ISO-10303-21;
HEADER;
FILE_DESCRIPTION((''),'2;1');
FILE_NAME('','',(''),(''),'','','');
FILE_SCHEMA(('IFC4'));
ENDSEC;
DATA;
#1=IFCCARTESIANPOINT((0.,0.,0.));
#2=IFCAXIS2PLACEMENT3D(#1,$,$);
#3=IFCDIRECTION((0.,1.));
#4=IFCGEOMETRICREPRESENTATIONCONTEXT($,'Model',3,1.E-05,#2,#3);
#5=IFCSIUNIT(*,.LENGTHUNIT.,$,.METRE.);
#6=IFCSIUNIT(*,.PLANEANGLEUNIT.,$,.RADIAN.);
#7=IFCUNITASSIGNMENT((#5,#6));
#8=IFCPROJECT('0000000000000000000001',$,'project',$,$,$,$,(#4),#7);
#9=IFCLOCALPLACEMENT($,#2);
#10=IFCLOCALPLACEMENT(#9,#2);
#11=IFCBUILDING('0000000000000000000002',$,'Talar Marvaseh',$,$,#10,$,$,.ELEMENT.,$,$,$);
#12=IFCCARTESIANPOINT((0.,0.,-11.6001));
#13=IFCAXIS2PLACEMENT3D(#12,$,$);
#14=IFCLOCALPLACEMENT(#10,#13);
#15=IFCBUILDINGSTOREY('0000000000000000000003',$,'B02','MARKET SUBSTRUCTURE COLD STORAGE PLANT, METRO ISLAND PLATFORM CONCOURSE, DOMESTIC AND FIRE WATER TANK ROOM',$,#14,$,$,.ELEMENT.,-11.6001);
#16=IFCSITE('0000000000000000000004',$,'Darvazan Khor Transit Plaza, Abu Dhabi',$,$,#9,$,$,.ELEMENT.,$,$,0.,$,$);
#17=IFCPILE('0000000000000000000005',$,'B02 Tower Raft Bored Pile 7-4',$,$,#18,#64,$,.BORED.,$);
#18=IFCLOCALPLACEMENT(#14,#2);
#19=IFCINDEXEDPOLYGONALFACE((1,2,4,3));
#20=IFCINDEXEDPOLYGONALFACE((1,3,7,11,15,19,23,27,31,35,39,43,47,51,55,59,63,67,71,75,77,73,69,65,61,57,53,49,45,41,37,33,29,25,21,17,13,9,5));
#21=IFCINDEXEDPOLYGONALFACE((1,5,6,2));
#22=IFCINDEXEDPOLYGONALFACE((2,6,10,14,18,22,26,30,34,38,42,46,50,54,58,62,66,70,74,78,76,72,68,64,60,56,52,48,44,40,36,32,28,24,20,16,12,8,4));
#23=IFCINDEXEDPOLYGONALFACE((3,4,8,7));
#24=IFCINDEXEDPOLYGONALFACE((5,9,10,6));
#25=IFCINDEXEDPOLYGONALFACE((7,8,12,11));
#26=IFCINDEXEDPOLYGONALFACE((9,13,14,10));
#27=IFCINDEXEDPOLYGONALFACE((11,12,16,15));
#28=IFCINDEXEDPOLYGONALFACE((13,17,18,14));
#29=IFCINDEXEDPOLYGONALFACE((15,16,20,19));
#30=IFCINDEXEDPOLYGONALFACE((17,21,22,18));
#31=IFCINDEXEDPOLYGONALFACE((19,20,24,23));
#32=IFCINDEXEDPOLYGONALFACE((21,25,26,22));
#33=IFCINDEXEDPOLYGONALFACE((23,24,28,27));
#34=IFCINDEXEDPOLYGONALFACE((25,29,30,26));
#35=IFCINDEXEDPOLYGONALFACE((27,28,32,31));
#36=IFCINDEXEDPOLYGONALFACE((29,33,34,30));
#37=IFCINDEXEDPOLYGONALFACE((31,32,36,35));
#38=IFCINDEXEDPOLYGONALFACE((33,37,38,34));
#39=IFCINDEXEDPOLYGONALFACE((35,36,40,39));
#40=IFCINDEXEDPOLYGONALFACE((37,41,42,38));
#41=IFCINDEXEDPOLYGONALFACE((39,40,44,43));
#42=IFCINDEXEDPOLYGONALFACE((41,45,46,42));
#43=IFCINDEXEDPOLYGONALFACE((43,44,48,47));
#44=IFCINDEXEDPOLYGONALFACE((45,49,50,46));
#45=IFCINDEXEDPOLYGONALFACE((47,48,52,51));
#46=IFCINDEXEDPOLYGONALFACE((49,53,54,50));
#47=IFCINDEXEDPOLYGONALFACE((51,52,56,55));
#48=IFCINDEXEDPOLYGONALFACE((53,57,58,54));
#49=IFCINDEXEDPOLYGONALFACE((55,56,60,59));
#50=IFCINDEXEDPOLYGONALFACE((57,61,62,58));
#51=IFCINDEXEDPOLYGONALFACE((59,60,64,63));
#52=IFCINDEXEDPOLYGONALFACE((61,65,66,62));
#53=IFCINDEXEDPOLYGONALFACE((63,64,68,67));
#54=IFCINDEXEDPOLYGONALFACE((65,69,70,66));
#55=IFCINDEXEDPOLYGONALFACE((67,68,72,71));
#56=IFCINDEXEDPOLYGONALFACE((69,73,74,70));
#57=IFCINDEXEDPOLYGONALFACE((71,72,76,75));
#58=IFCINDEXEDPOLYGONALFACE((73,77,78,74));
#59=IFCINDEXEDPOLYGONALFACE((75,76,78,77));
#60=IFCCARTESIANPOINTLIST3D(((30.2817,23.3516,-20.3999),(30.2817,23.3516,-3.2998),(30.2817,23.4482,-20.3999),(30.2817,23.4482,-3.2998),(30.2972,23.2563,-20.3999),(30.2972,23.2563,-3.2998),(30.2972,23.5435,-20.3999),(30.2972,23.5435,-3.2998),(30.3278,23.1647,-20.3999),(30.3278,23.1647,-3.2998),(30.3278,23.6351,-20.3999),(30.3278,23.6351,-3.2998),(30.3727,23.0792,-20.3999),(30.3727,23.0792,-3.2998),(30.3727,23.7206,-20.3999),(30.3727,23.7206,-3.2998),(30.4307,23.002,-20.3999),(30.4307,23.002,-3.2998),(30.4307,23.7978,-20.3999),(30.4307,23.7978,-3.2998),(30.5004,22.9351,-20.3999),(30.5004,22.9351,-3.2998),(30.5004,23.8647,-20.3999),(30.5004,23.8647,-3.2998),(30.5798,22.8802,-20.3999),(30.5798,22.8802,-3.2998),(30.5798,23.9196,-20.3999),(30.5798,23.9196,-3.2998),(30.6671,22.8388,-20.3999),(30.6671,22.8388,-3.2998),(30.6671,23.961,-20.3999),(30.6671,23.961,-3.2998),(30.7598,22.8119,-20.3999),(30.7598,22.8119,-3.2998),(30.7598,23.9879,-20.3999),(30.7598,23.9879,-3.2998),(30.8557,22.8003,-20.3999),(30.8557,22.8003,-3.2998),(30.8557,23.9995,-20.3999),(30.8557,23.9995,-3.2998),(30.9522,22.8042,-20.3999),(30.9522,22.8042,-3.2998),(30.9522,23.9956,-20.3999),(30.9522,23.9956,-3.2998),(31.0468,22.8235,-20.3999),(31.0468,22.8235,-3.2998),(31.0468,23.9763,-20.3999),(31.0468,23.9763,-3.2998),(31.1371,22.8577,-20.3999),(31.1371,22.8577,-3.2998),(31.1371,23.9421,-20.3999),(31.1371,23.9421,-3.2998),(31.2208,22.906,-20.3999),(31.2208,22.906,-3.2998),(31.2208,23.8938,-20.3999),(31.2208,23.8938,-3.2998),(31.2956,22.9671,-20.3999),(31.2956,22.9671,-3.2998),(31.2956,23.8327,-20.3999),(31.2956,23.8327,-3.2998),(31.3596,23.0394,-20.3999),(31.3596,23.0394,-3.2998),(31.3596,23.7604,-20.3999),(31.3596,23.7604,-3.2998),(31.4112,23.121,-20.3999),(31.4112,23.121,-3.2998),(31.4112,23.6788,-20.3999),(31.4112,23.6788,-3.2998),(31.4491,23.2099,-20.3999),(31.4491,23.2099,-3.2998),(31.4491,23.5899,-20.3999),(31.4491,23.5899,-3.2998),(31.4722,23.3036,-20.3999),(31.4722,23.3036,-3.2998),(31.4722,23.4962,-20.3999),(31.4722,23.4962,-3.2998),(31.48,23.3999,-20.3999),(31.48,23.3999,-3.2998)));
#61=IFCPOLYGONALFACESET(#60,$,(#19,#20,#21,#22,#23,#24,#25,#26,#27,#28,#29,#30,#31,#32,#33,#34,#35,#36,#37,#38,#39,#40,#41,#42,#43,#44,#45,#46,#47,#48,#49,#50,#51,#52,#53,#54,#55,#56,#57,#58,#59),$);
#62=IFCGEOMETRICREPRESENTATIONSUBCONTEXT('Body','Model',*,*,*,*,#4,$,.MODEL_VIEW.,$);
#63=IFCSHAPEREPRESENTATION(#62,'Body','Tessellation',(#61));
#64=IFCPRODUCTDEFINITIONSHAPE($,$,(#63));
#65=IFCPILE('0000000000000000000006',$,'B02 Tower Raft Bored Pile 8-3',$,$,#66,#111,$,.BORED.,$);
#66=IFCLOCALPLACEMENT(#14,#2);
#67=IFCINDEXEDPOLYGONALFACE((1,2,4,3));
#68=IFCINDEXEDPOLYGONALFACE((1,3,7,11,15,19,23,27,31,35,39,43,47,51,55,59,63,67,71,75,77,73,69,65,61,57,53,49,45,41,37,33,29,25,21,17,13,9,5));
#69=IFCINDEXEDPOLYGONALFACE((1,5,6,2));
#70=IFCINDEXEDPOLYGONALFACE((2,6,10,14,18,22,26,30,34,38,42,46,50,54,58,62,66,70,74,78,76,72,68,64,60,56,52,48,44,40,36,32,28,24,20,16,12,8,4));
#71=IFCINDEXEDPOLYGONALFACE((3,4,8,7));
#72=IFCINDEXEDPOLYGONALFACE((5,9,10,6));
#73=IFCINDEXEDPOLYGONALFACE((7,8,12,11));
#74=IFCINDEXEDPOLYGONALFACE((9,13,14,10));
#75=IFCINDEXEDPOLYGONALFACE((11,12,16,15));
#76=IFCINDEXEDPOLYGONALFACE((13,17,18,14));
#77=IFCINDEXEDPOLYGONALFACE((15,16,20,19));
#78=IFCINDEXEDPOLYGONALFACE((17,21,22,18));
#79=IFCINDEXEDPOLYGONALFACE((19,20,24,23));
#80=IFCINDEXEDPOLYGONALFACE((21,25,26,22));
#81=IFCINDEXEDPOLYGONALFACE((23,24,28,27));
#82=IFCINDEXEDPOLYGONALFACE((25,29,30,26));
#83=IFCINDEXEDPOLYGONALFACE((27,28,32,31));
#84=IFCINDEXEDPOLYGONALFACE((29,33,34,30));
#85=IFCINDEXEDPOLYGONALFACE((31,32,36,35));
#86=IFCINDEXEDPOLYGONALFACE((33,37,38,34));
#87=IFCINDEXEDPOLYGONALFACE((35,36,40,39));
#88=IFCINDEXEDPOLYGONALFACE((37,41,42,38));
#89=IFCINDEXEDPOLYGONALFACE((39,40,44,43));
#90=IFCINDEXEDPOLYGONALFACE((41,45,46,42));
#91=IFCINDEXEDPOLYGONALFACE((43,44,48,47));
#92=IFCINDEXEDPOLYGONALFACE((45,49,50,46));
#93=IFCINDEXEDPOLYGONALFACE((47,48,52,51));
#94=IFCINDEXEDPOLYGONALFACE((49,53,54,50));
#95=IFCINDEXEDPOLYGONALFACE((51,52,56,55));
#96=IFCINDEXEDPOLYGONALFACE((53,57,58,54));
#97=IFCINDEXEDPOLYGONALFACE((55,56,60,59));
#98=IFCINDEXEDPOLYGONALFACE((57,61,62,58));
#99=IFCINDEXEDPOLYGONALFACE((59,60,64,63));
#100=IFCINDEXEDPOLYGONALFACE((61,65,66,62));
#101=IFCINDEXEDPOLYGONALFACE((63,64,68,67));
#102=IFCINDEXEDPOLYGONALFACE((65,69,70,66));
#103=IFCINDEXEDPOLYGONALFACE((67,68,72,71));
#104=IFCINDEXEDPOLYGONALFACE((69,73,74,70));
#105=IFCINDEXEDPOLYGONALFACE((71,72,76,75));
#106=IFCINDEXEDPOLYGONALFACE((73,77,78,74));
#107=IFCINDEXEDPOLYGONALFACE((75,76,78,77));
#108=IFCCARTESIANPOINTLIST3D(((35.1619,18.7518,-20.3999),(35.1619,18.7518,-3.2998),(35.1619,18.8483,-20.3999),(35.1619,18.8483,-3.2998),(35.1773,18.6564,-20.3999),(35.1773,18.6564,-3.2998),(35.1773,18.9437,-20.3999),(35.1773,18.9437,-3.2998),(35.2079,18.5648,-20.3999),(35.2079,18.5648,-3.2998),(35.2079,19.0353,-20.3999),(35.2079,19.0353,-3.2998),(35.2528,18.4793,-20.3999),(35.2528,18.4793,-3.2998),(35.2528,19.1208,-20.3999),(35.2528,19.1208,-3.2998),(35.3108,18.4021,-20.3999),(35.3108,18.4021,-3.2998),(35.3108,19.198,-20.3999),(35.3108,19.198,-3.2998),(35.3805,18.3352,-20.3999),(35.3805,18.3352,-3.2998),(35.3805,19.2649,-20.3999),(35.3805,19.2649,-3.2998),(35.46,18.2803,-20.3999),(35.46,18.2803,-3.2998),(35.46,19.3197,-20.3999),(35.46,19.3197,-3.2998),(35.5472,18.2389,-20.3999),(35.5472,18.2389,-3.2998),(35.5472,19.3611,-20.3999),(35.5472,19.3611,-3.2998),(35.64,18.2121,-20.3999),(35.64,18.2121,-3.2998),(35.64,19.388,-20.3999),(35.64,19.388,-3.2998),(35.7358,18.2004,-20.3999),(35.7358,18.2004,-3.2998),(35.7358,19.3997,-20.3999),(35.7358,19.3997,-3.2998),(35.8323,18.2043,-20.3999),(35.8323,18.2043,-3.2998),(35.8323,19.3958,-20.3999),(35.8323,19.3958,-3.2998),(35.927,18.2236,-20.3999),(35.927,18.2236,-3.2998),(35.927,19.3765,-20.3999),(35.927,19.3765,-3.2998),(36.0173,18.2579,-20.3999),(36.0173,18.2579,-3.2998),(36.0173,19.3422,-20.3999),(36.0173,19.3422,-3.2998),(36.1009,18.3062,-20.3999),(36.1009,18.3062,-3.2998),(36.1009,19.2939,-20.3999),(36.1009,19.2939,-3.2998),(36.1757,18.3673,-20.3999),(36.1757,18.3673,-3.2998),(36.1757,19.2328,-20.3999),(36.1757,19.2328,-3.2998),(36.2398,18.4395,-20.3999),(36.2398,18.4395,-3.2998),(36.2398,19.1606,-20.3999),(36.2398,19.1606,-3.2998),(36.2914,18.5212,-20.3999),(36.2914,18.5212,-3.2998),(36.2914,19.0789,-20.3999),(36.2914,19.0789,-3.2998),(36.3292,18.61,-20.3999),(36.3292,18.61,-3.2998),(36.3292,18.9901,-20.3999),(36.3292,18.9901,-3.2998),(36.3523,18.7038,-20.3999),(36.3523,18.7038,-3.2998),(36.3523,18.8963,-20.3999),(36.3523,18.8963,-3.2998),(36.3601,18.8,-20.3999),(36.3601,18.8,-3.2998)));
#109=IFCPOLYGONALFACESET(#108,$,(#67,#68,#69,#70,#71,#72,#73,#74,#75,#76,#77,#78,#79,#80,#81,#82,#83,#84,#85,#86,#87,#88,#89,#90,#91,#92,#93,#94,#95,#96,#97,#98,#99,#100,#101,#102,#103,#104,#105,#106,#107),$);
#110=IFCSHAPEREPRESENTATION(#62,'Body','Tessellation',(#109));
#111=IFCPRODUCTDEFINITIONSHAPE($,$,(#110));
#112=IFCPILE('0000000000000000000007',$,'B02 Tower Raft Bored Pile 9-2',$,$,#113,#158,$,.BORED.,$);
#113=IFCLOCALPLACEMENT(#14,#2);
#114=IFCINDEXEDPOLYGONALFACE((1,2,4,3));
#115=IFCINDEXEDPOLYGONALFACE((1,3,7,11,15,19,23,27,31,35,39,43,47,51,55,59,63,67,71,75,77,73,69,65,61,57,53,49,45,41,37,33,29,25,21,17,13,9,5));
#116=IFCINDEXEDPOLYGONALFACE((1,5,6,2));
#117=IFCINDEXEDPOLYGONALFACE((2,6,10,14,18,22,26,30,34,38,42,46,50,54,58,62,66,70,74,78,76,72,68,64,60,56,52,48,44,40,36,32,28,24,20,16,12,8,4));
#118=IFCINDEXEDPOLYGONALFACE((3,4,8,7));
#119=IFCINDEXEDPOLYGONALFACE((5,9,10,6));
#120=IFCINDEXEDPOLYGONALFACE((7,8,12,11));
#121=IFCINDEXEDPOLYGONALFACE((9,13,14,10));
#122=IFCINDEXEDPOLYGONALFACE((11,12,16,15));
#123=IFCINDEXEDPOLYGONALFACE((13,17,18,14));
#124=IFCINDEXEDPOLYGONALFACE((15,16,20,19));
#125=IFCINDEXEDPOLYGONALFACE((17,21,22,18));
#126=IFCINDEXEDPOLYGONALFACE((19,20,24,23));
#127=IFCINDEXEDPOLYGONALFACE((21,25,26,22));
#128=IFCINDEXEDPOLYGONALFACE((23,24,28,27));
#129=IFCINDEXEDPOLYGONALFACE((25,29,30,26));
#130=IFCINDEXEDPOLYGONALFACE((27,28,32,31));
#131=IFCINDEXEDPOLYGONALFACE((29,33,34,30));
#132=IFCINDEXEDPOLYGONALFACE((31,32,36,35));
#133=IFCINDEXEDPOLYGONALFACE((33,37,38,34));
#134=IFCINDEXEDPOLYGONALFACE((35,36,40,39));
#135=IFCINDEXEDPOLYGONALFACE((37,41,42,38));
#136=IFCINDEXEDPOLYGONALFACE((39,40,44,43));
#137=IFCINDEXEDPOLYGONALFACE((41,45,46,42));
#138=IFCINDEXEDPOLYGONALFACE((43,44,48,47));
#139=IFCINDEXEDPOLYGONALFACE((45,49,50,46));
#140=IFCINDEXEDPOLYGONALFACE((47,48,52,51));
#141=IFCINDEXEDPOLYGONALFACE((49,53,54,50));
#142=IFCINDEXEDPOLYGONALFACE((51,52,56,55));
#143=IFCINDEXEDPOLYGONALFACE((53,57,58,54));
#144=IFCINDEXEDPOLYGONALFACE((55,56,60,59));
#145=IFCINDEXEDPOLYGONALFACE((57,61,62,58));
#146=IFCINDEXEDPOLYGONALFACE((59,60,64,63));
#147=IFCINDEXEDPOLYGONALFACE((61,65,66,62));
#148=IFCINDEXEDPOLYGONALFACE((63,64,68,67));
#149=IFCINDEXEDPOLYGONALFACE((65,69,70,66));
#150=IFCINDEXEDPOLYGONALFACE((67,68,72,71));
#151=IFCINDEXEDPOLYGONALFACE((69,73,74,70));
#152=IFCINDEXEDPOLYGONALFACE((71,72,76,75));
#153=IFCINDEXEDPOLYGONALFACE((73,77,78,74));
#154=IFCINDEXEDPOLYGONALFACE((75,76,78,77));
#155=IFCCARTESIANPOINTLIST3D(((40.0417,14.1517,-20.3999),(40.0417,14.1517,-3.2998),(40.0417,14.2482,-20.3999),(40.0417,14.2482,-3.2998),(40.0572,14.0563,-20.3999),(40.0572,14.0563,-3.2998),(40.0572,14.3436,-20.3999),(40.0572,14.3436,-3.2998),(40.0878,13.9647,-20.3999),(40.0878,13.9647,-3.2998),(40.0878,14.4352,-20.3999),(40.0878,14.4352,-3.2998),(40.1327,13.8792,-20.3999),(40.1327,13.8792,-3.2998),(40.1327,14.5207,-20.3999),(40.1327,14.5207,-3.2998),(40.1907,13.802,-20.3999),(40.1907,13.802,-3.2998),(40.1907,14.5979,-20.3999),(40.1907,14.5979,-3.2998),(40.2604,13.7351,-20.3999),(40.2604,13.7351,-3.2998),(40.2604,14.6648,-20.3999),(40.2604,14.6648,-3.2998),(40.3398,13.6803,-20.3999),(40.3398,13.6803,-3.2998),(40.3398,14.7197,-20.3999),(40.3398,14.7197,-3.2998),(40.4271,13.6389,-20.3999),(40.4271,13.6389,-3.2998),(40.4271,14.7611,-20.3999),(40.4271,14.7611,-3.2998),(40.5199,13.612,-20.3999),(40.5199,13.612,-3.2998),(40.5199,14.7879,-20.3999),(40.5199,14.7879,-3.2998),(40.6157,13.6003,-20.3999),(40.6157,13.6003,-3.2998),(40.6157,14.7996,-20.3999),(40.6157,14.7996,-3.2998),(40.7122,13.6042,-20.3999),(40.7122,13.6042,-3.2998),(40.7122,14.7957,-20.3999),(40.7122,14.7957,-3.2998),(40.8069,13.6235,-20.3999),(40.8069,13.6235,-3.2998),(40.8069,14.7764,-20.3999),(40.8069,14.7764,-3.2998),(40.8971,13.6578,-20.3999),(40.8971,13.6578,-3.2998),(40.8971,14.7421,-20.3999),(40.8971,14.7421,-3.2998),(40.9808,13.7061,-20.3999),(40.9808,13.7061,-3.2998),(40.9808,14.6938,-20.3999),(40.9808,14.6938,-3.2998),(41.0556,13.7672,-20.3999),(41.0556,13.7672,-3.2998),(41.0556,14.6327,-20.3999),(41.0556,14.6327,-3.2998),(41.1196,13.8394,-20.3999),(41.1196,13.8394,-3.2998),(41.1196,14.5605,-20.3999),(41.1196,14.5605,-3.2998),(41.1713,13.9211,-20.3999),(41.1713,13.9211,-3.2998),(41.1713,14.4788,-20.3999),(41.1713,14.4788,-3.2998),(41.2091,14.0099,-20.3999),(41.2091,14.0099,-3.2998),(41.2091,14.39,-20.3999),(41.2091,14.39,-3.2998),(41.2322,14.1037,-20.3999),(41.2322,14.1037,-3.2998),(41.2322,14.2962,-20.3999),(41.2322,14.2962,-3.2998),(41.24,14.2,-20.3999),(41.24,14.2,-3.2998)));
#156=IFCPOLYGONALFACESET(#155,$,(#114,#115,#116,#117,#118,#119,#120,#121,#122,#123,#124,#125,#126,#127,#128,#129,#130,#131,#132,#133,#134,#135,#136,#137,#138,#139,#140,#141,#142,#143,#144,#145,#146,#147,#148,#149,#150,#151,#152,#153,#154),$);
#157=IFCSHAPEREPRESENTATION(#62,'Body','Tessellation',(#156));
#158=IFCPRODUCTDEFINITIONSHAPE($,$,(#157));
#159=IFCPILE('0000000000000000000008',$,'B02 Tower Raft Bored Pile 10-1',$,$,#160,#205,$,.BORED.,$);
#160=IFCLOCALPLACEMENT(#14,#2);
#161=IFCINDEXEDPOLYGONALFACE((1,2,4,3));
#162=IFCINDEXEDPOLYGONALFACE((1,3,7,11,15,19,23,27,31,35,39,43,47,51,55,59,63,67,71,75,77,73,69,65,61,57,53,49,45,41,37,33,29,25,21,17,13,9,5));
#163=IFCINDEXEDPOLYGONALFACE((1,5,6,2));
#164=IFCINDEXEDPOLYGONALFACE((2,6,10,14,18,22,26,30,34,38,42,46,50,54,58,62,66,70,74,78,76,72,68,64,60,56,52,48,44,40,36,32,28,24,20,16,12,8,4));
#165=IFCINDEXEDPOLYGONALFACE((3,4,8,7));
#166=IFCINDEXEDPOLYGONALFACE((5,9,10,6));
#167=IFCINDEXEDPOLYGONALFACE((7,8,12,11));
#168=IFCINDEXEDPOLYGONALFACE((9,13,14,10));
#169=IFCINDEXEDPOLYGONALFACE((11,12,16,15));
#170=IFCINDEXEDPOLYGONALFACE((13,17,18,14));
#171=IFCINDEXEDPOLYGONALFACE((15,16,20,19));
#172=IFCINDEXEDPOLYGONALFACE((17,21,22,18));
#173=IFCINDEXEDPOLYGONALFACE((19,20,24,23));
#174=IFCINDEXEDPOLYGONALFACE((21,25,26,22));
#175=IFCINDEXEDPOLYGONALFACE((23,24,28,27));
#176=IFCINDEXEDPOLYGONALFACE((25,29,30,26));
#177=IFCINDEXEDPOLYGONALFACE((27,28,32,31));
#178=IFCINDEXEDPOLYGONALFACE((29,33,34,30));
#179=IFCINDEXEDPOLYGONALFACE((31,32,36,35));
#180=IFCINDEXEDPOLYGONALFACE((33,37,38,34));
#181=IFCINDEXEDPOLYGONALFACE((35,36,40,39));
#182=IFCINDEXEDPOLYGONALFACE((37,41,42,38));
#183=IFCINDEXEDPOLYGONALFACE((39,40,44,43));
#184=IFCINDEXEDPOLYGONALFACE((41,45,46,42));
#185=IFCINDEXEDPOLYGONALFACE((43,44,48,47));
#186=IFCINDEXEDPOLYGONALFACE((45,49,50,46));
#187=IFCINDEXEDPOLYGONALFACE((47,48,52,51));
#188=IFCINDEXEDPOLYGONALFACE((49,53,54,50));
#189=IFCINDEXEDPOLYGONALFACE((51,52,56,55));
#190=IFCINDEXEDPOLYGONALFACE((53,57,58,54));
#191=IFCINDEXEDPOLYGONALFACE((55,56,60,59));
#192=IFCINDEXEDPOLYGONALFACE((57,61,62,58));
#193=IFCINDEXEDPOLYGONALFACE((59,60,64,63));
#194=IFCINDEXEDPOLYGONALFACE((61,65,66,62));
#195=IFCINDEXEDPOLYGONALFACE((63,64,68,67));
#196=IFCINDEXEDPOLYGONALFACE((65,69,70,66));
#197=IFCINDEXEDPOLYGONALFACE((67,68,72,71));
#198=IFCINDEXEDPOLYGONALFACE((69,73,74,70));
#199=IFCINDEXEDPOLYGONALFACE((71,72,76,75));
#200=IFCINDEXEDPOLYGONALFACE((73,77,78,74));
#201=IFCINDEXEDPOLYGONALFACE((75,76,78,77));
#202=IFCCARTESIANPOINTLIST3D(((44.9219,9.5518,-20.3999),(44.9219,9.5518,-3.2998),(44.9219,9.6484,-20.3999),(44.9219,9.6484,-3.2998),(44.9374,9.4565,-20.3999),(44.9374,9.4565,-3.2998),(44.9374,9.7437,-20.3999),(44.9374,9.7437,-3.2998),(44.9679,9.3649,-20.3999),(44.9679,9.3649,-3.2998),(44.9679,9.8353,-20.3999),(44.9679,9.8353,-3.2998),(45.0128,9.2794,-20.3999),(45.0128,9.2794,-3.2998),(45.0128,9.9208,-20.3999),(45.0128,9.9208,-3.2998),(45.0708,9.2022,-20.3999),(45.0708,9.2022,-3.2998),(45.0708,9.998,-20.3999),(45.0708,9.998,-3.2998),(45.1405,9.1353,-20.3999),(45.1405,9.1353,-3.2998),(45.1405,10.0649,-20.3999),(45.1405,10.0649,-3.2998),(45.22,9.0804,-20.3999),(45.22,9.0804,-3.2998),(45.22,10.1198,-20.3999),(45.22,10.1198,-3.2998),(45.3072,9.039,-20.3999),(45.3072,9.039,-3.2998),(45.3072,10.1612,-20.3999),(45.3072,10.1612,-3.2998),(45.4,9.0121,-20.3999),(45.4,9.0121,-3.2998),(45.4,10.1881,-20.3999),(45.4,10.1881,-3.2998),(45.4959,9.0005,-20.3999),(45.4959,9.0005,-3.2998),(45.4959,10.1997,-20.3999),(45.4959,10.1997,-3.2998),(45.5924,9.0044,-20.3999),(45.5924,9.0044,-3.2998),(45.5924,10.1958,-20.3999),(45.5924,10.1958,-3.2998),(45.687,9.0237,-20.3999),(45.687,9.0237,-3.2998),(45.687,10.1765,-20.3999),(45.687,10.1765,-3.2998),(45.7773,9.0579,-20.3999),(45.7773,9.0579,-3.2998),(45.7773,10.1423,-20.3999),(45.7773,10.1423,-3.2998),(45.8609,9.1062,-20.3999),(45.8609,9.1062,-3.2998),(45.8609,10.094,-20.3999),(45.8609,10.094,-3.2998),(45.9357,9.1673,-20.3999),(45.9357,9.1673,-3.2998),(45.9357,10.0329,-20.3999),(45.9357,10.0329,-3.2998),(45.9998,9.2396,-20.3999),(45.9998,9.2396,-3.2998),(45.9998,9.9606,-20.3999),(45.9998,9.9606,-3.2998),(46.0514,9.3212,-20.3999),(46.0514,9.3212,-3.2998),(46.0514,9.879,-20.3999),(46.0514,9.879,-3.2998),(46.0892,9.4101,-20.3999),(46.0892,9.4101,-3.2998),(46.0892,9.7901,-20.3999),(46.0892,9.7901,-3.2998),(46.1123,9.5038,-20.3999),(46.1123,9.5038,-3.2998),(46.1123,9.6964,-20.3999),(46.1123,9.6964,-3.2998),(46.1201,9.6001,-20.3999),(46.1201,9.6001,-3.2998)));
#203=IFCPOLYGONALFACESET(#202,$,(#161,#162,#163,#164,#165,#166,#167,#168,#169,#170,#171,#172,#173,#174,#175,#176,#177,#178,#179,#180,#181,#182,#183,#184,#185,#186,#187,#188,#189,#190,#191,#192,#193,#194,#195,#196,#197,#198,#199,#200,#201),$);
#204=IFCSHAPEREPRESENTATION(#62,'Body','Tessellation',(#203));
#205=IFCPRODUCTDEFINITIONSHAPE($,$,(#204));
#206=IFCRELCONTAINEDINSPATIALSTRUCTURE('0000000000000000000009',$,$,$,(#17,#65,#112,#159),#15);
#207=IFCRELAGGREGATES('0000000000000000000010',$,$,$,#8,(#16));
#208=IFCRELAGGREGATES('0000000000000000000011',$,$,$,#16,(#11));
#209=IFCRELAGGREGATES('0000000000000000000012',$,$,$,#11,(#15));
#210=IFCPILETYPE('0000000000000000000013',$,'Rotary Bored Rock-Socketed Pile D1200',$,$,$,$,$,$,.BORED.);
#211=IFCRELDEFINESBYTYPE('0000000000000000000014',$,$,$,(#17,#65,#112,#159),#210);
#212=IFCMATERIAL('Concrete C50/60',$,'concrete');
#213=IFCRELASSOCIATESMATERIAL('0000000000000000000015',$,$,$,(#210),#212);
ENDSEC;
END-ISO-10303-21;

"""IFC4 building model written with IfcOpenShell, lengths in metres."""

from ifc_helpers import new_model, si_unit, direction, frame, origin, origin_2d, place, context, subcontext, project, spatial, circle, extrude, source, transform, mapped, material, material_profile, profile_set, type_object, type_shapes, element, save


model = new_model("IFC4")

# Units and contexts
model_context = context("Model", 3, precision=1e-05, world=origin(), true_north=direction((0.0, 1.0)))
body_context = subcontext(model_context, "Body", "Model", "MODEL_VIEW")
ifc_project = project(units=[si_unit("LENGTHUNIT", "METRE"), si_unit("PLANEANGLEUNIT", "RADIAN")], contexts=[model_context])

# Site, building, storey
site_placement = place(None, origin())
site = spatial("IfcSite", under=ifc_project, at=site_placement, Name="Darvazan Khor Transit Plaza, Abu Dhabi", CompositionType="ELEMENT", RefElevation=0.0)
building_placement = place(site_placement, origin())
building = spatial("IfcBuilding", under=site, at=building_placement, Name="Talar Marvaseh", CompositionType="ELEMENT")
storey_placement = place(building_placement, frame((0.0, 0.0, -11.6001)))
storey = spatial("IfcBuildingStorey", under=building, at=storey_placement, Name="B02", Description="MARKET SUBSTRUCTURE COLD STORAGE PLANT, METRO ISLAND PLATFORM CONCOURSE, DOMESTIC AND FIRE WATER TANK ROOM", CompositionType="ELEMENT", Elevation=-11.6001)

# Piles
ifc_material_1 = material(Name="Concrete C50/60", Category="concrete")
ifc_material_profile_1 = material_profile(ifc_material_1, circle(Radius=0.6001, at=origin_2d()), Name="PILE-D1200")
ifc_profile_set_1 = profile_set([ifc_material_profile_1], Name="Concrete C50/60")
pile_type_1 = type_object("IfcPileType", Name="Rotary Bored Rock-Socketed Pile D1200", PredefinedType="BORED", material=ifc_profile_set_1)
shared_shape_1 = source(origin(), body_context, "Body", "SweptSolid", [
    extrude(circle(Radius=0.6001, at=origin_2d()), origin(), (0.0, 0.0, 1.0), 17.1001),
])
type_shapes(pile_type_1, [shared_shape_1])
for number, where, z_axis, x_axis, name in (
    (1, (30.8799, 23.3999, -3.2998), (0.0, 0.0, -1.0), (1.0, 0.0, 0.0), "B02 Tower Raft Bored Pile 7-4"),
    (2, (35.76, 18.8, -3.2998), (0.0, 0.0, -1.0), (1.0, 0.0, 0.0), "B02 Tower Raft Bored Pile 8-3"),
    (3, (40.6399, 14.2, -3.2998), (0.0, 0.0, -1.0), (1.0, 0.0, 0.0), "B02 Tower Raft Bored Pile 9-2"),
    (4, (45.52, 9.6001, -3.2998), (0.0, 0.0, -1.0), (1.0, 0.0, 0.0), "B02 Tower Raft Bored Pile 10-1"),
):
    element("IfcPile", number, at=place(storey_placement, frame(where, z_axis=z_axis, x_axis=x_axis)), inside=storey, type_object=pile_type_1, Name=name, PredefinedType="BORED", context=body_context, shape_type="MappedRepresentation", body=[
        mapped(shared_shape_1, transform((0.0, 0.0, 0.0), x_axis=(1.0, 0.0, 0.0), y_axis=(0.0, 1.0, 0.0), z_axis=(0.0, 0.0, 1.0), scale=1.0)),
    ])

save(model, "model.ifc")
